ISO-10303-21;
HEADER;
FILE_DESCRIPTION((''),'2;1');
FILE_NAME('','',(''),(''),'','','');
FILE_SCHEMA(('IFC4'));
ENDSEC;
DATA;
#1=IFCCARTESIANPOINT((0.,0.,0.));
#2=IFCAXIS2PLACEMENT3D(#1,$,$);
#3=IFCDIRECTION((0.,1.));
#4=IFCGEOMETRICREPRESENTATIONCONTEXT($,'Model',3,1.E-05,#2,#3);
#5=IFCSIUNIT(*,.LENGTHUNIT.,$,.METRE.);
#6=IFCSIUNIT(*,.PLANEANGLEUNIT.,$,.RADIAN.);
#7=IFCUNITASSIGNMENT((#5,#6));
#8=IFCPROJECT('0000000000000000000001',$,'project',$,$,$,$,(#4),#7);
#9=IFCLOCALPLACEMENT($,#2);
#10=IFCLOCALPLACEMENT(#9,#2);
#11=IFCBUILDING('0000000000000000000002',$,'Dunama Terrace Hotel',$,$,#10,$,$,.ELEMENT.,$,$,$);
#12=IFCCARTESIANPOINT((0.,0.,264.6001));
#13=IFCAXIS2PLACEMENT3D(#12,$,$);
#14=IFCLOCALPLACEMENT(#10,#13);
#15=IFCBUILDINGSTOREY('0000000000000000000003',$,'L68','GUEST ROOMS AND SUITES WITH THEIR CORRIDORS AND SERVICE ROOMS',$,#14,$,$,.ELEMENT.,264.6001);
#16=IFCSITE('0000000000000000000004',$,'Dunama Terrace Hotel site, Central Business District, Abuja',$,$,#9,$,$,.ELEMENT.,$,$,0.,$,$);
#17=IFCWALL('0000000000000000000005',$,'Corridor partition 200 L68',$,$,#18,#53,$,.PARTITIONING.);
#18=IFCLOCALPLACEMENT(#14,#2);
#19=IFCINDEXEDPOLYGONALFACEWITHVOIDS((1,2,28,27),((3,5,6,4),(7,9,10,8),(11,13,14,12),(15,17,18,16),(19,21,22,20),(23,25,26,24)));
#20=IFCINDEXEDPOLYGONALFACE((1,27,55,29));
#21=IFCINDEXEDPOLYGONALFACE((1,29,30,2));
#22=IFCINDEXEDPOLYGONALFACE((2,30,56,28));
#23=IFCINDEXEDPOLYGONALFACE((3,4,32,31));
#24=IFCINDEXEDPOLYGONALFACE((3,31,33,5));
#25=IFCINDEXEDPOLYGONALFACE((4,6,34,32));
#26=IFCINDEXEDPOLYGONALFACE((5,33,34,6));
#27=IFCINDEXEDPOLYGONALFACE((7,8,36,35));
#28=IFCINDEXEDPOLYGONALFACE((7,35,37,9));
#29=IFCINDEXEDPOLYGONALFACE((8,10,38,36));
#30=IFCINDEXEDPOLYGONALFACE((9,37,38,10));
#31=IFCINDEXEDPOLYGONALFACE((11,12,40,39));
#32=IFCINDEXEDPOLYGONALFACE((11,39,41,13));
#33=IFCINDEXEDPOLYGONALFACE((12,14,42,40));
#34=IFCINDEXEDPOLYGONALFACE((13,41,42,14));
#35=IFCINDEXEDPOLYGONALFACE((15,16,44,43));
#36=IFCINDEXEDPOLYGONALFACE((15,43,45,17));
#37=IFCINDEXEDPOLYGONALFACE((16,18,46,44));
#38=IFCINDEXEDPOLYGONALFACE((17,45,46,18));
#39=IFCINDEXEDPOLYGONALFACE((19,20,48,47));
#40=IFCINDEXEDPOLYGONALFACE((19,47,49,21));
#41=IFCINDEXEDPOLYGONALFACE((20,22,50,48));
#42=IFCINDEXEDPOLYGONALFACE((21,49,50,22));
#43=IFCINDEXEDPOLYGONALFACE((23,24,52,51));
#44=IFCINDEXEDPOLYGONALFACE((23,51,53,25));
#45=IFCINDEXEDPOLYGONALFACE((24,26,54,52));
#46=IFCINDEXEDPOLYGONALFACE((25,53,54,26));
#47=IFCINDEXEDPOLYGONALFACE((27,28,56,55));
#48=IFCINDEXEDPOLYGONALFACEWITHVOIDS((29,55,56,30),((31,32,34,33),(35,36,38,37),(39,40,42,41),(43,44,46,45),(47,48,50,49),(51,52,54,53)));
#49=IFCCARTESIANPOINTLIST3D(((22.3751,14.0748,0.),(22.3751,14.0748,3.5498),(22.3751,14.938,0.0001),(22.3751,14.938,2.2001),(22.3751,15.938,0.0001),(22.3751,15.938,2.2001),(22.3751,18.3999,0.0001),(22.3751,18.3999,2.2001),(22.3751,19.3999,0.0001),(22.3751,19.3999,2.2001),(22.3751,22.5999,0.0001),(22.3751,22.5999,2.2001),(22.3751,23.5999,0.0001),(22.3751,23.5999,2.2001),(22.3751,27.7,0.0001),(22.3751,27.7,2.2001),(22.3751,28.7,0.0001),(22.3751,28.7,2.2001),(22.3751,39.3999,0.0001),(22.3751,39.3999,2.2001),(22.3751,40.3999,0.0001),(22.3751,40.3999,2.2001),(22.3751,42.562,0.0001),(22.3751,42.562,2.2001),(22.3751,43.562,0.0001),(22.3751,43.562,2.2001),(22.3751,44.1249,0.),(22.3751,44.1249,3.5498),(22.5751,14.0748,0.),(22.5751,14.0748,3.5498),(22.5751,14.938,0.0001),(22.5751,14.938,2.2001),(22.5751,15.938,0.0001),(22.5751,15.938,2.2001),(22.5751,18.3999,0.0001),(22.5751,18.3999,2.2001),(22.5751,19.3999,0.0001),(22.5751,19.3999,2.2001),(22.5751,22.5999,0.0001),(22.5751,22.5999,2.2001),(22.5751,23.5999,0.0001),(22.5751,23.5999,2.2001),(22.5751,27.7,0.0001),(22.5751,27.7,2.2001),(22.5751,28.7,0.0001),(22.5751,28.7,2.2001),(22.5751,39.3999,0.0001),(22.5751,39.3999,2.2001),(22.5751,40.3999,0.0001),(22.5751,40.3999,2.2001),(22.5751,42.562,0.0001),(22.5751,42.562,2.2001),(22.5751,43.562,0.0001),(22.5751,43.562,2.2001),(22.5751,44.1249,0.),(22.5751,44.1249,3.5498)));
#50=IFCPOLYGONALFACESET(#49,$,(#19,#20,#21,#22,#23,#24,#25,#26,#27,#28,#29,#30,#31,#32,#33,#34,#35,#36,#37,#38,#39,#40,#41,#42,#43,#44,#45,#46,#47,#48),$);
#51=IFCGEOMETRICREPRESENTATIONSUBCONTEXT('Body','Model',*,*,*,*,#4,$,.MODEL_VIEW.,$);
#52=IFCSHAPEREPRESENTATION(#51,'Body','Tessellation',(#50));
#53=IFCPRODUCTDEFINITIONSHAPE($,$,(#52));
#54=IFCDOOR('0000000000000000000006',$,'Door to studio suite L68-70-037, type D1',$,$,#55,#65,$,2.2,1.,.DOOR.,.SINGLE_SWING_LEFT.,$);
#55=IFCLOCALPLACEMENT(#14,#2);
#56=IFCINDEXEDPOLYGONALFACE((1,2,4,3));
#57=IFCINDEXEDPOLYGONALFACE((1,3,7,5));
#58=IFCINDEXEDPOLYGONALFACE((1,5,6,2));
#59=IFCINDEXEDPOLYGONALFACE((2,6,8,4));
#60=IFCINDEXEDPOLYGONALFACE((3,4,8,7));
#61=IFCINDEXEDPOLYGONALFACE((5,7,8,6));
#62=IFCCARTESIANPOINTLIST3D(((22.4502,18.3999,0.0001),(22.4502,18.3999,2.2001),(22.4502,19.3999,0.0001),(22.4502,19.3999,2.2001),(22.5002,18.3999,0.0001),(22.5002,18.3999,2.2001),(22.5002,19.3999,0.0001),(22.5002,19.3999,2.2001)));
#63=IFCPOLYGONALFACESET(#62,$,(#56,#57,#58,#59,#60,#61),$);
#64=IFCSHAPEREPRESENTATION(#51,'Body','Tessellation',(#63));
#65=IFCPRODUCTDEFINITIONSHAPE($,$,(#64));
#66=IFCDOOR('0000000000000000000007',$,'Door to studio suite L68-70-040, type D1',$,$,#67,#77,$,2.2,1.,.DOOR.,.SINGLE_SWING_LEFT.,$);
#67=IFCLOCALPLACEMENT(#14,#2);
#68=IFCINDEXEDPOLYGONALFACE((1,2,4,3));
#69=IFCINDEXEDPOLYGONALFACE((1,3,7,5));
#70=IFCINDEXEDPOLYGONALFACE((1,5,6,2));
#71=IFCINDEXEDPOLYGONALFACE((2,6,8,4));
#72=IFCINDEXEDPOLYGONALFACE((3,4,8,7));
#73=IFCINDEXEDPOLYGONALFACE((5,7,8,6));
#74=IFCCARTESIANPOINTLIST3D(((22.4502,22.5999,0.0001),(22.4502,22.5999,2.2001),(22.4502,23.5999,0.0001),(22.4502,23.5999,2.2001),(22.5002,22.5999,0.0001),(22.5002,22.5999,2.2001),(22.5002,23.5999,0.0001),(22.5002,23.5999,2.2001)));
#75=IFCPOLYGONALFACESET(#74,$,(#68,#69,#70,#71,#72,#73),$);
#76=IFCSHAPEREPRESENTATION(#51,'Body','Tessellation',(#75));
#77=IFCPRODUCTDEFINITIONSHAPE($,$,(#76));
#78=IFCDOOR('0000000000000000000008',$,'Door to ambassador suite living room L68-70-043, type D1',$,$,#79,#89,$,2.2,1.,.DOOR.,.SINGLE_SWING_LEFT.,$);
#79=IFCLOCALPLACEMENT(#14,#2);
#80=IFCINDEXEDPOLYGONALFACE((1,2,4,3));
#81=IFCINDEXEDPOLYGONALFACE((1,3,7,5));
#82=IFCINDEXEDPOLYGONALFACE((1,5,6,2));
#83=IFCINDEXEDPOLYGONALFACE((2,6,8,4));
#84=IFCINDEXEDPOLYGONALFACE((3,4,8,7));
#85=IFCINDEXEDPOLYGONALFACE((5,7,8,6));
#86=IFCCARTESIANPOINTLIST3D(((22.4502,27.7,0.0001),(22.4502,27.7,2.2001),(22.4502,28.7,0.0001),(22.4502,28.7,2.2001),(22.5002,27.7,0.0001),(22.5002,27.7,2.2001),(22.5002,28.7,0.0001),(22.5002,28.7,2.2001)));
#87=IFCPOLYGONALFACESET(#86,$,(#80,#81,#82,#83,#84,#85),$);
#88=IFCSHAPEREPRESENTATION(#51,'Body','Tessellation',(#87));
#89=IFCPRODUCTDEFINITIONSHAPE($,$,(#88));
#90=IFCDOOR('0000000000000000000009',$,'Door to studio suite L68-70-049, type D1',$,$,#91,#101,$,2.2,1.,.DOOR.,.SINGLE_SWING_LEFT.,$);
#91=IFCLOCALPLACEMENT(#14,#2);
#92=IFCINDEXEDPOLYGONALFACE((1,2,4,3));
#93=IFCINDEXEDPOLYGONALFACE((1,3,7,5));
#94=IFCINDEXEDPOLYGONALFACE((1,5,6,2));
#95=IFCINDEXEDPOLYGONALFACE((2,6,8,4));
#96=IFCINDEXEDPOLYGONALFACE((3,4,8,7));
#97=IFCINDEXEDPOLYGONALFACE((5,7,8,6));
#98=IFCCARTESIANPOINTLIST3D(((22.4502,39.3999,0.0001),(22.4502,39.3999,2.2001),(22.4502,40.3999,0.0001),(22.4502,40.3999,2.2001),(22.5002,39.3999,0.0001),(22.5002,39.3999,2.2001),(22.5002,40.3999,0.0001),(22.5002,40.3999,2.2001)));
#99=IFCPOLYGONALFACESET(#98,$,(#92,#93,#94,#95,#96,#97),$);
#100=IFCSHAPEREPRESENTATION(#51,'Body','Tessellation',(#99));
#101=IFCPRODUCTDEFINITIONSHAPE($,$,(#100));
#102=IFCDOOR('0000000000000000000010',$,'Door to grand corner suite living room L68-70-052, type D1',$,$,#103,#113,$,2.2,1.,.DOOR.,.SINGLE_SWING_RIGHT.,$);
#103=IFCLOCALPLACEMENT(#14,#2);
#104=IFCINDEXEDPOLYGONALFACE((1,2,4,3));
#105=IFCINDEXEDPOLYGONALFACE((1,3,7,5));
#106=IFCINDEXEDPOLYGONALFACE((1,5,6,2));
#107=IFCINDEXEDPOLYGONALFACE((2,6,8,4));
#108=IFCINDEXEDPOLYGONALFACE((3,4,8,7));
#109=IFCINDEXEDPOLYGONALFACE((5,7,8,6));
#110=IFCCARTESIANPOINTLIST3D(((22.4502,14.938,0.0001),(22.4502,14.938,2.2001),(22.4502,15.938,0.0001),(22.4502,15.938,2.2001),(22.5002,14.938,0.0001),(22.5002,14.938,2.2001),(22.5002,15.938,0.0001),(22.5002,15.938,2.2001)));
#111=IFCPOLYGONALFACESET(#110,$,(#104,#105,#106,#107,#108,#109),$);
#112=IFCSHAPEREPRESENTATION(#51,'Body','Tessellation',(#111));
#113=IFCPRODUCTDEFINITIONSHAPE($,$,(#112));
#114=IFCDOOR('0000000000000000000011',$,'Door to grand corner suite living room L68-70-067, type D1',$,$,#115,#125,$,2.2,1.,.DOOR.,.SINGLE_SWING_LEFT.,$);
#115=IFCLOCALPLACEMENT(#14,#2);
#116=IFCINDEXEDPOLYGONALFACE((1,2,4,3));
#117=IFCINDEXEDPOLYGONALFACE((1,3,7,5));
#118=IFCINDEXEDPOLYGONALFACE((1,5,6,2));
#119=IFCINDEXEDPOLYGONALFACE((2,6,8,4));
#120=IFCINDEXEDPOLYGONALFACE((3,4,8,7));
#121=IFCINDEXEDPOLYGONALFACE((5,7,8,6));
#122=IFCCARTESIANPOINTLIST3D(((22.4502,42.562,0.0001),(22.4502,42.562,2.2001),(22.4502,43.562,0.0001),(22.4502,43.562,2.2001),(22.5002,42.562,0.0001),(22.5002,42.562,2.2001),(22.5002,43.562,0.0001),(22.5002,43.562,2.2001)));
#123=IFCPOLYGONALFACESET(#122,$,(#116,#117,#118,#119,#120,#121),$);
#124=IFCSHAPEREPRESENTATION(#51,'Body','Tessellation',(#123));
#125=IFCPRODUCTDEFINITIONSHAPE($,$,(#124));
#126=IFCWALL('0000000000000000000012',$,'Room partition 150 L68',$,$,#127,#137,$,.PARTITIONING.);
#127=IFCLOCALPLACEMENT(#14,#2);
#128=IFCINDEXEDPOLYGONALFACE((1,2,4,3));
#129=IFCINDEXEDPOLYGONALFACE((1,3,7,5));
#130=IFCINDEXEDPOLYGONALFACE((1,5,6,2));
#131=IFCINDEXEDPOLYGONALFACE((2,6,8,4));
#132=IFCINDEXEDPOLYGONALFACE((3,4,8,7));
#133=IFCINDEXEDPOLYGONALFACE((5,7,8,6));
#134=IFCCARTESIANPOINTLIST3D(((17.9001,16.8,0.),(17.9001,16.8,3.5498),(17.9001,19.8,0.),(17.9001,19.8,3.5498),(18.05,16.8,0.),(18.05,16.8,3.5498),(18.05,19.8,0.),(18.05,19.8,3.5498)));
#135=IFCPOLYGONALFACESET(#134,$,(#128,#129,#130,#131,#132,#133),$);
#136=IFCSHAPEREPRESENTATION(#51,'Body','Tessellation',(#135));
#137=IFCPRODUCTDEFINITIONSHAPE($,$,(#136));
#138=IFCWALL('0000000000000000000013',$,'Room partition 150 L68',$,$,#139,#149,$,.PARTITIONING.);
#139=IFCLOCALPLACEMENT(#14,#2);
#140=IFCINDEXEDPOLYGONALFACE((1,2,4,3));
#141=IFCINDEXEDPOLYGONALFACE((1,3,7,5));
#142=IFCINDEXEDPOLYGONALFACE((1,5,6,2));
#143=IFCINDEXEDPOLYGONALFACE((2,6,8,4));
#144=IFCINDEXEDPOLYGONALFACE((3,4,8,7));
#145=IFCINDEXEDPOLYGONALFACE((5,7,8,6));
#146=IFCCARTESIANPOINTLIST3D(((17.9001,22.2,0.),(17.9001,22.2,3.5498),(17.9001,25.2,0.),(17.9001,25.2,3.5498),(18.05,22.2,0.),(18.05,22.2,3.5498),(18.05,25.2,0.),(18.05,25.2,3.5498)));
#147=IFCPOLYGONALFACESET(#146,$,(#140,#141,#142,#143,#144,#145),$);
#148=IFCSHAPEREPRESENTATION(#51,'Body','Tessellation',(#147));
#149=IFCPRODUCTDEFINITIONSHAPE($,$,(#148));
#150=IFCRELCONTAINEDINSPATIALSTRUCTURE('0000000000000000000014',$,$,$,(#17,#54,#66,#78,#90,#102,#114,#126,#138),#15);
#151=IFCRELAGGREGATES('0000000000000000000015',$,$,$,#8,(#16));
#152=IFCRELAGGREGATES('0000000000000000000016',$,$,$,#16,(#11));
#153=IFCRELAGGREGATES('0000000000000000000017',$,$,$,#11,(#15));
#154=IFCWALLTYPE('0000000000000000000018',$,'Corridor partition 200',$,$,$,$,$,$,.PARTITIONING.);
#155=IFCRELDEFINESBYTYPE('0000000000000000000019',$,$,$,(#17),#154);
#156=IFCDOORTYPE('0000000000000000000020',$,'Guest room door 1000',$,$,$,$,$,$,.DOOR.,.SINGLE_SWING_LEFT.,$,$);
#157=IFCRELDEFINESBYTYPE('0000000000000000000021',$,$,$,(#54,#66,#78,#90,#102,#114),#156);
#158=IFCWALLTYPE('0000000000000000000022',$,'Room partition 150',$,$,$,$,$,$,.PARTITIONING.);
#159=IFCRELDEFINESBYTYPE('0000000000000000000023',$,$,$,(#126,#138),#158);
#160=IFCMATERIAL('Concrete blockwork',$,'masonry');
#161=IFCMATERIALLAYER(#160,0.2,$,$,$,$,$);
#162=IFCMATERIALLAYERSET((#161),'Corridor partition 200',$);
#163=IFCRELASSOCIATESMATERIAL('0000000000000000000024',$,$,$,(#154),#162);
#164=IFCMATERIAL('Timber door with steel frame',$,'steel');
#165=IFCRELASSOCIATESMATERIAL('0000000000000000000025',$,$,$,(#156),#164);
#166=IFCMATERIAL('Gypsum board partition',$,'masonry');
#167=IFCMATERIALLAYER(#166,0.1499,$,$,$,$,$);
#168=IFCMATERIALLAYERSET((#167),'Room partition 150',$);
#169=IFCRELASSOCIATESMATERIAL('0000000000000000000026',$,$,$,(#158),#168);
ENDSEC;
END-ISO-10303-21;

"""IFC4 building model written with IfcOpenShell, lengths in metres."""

from ifc_helpers import new_model, si_unit, direction, frame, frame_2d, origin, place, context, subcontext, project, spatial, rectangle, extrude, material, layer, layer_set, type_object, element, fill, save


model = new_model("IFC4")

# Units and contexts
model_context = context("Model", 3, precision=1e-05, world=origin(), true_north=direction((0.0, 1.0)))
body_context = subcontext(model_context, "Body", "Model", "MODEL_VIEW")
ifc_project = project(units=[si_unit("LENGTHUNIT", "METRE"), si_unit("PLANEANGLEUNIT", "RADIAN")], contexts=[model_context])

# Site, building, storey
site_placement = place(None, origin())
site = spatial("IfcSite", under=ifc_project, at=site_placement, Name="Dunama Terrace Hotel site, Central Business District, Abuja", CompositionType="ELEMENT", RefElevation=0.0)
building_placement = place(site_placement, origin())
building = spatial("IfcBuilding", under=site, at=building_placement, Name="Dunama Terrace Hotel", CompositionType="ELEMENT")
storey_placement = place(building_placement, frame((0.0, 0.0, 264.6001)))
storey = spatial("IfcBuildingStorey", under=building, at=storey_placement, Name="L68", Description="GUEST ROOMS AND SUITES WITH THEIR CORRIDORS AND SERVICE ROOMS", CompositionType="ELEMENT", Elevation=264.6001)

# Wall, openings, doors
ifc_material_1 = material(Name="Concrete blockwork", Category="masonry")
ifc_layer_1 = layer(ifc_material_1, 0.2)
ifc_layer_set_1 = layer_set([ifc_layer_1], Name="Corridor partition 200")
wall_type_1 = type_object("IfcWallType", Name="Corridor partition 200", PredefinedType="PARTITIONING", material=ifc_layer_set_1)
wall_1_placement = place(storey_placement, frame((22.4751, 14.075, 0.0), z_axis=(0.0, 0.0, 1.0), x_axis=(0.0, 1.0, 0.0)))
wall_1 = element("IfcWall", 1, at=wall_1_placement, inside=storey, type_object=wall_type_1, Name="Corridor partition 200 L68", PredefinedType="PARTITIONING", context=body_context, shape_type="SweptSolid", body=[
    extrude(rectangle(XDim=30.05, YDim=0.2, at=frame_2d((15.0249, 0.0))), origin(), (0.0, 0.0, 1.0), 3.5498),
])
opening_1_placement = place(wall_1_placement, frame((4.325, 0.0, 0.0)))
opening_1 = element("IfcOpeningElement", 2, at=opening_1_placement, cuts=wall_1, PredefinedType="OPENING", context=body_context, shape_type="SweptSolid", body=[
    extrude(rectangle(XDim=1.0, YDim=2.2, at=frame_2d((0.5, 1.1001))), frame((0.0, 0.1099, 0.0), z_axis=(0.0, -1.0, 0.0), x_axis=(1.0, 0.0, 0.0)), (0.0, 0.0, 1.0), 0.22),
])
opening_2_placement = place(wall_1_placement, frame((8.5249, 0.0, 0.0)))
opening_2 = element("IfcOpeningElement", 3, at=opening_2_placement, cuts=wall_1, PredefinedType="OPENING", context=body_context, shape_type="SweptSolid", body=[
    extrude(rectangle(XDim=1.0, YDim=2.2, at=frame_2d((0.5, 1.1001))), frame((0.0, 0.1099, 0.0), z_axis=(0.0, -1.0, 0.0), x_axis=(1.0, 0.0, 0.0)), (0.0, 0.0, 1.0), 0.22),
])
opening_3_placement = place(wall_1_placement, frame((13.625, 0.0, 0.0)))
opening_3 = element("IfcOpeningElement", 4, at=opening_3_placement, cuts=wall_1, PredefinedType="OPENING", context=body_context, shape_type="SweptSolid", body=[
    extrude(rectangle(XDim=1.0, YDim=2.2, at=frame_2d((0.5, 1.1001))), frame((0.0, 0.1099, 0.0), z_axis=(0.0, -1.0, 0.0), x_axis=(1.0, 0.0, 0.0)), (0.0, 0.0, 1.0), 0.22),
])
opening_4_placement = place(wall_1_placement, frame((25.325, 0.0, 0.0)))
opening_4 = element("IfcOpeningElement", 5, at=opening_4_placement, cuts=wall_1, PredefinedType="OPENING", context=body_context, shape_type="SweptSolid", body=[
    extrude(rectangle(XDim=1.0, YDim=2.2, at=frame_2d((0.5, 1.1001))), frame((0.0, 0.1099, 0.0), z_axis=(0.0, -1.0, 0.0), x_axis=(1.0, 0.0, 0.0)), (0.0, 0.0, 1.0), 0.22),
])
opening_5_placement = place(wall_1_placement, frame((0.863, 0.0, 0.0)))
opening_5 = element("IfcOpeningElement", 6, at=opening_5_placement, cuts=wall_1, PredefinedType="OPENING", context=body_context, shape_type="SweptSolid", body=[
    extrude(rectangle(XDim=1.0, YDim=2.2, at=frame_2d((0.5, 1.1001))), frame((0.0, 0.1099, 0.0), z_axis=(0.0, -1.0, 0.0), x_axis=(1.0, 0.0, 0.0)), (0.0, 0.0, 1.0), 0.22),
])
opening_6_placement = place(wall_1_placement, frame((28.4871, 0.0, 0.0)))
opening_6 = element("IfcOpeningElement", 7, at=opening_6_placement, cuts=wall_1, PredefinedType="OPENING", context=body_context, shape_type="SweptSolid", body=[
    extrude(rectangle(XDim=1.0, YDim=2.2, at=frame_2d((0.5, 1.1001))), frame((0.0, 0.1099, 0.0), z_axis=(0.0, -1.0, 0.0), x_axis=(1.0, 0.0, 0.0)), (0.0, 0.0, 1.0), 0.22),
])
ifc_material_2 = material(Name="Timber door with steel frame", Category="steel")
door_type_1 = type_object("IfcDoorType", Name="Guest room door 1000", OperationType="SINGLE_SWING_LEFT", PredefinedType="DOOR", material=ifc_material_2)
door_1_placement = place(opening_1_placement, origin())
door_1 = element("IfcDoor", 8, at=door_1_placement, inside=storey, type_object=door_type_1, Name="Door to studio suite L68-70-037, type D1", OperationType="SINGLE_SWING_LEFT", OverallHeight=2.2, OverallWidth=1.0, PredefinedType="DOOR", context=body_context, shape_type="SweptSolid", body=[
    extrude(rectangle(XDim=1.0, YDim=2.2, at=frame_2d((0.5, 1.1001))), frame((0.0, 0.0249, 0.0), z_axis=(0.0, -1.0, 0.0), x_axis=(1.0, 0.0, 0.0)), (0.0, 0.0, 1.0), 0.05),
])
fill(opening_1, door_1)
door_2_placement = place(opening_2_placement, origin())
door_2 = element("IfcDoor", 9, at=door_2_placement, inside=storey, type_object=door_type_1, Name="Door to studio suite L68-70-040, type D1", OperationType="SINGLE_SWING_LEFT", OverallHeight=2.2, OverallWidth=1.0, PredefinedType="DOOR", context=body_context, shape_type="SweptSolid", body=[
    extrude(rectangle(XDim=1.0, YDim=2.2, at=frame_2d((0.5, 1.1001))), frame((0.0, 0.0249, 0.0), z_axis=(0.0, -1.0, 0.0), x_axis=(1.0, 0.0, 0.0)), (0.0, 0.0, 1.0), 0.05),
])
fill(opening_2, door_2)
door_3_placement = place(opening_3_placement, origin())
door_3 = element("IfcDoor", 10, at=door_3_placement, inside=storey, type_object=door_type_1, Name="Door to ambassador suite living room L68-70-043, type D1", OperationType="SINGLE_SWING_LEFT", OverallHeight=2.2, OverallWidth=1.0, PredefinedType="DOOR", context=body_context, shape_type="SweptSolid", body=[
    extrude(rectangle(XDim=1.0, YDim=2.2, at=frame_2d((0.5, 1.1001))), frame((0.0, 0.0249, 0.0), z_axis=(0.0, -1.0, 0.0), x_axis=(1.0, 0.0, 0.0)), (0.0, 0.0, 1.0), 0.05),
])
fill(opening_3, door_3)
door_4_placement = place(opening_4_placement, origin())
door_4 = element("IfcDoor", 11, at=door_4_placement, inside=storey, type_object=door_type_1, Name="Door to studio suite L68-70-049, type D1", OperationType="SINGLE_SWING_LEFT", OverallHeight=2.2, OverallWidth=1.0, PredefinedType="DOOR", context=body_context, shape_type="SweptSolid", body=[
    extrude(rectangle(XDim=1.0, YDim=2.2, at=frame_2d((0.5, 1.1001))), frame((0.0, 0.0249, 0.0), z_axis=(0.0, -1.0, 0.0), x_axis=(1.0, 0.0, 0.0)), (0.0, 0.0, 1.0), 0.05),
])
fill(opening_4, door_4)
door_5_placement = place(opening_5_placement, origin())
door_5 = element("IfcDoor", 12, at=door_5_placement, inside=storey, type_object=door_type_1, Name="Door to grand corner suite living room L68-70-052, type D1", OperationType="SINGLE_SWING_RIGHT", OverallHeight=2.2, OverallWidth=1.0, PredefinedType="DOOR", context=body_context, shape_type="SweptSolid", body=[
    extrude(rectangle(XDim=1.0, YDim=2.2, at=frame_2d((0.5, 1.1001))), frame((0.0, 0.0249, 0.0), z_axis=(0.0, -1.0, 0.0), x_axis=(1.0, 0.0, 0.0)), (0.0, 0.0, 1.0), 0.05),
])
fill(opening_5, door_5)
door_6_placement = place(opening_6_placement, origin())
door_6 = element("IfcDoor", 13, at=door_6_placement, inside=storey, type_object=door_type_1, Name="Door to grand corner suite living room L68-70-067, type D1", OperationType="SINGLE_SWING_LEFT", OverallHeight=2.2, OverallWidth=1.0, PredefinedType="DOOR", context=body_context, shape_type="SweptSolid", body=[
    extrude(rectangle(XDim=1.0, YDim=2.2, at=frame_2d((0.5, 1.1001))), frame((0.0, 0.0249, 0.0), z_axis=(0.0, -1.0, 0.0), x_axis=(1.0, 0.0, 0.0)), (0.0, 0.0, 1.0), 0.05),
])
fill(opening_6, door_6)

# Walls
ifc_material_3 = material(Name="Gypsum board partition", Category="masonry")
ifc_layer_2 = layer(ifc_material_3, 0.1499)
ifc_layer_set_2 = layer_set([ifc_layer_2], Name="Room partition 150")
wall_type_2 = type_object("IfcWallType", Name="Room partition 150", PredefinedType="PARTITIONING", material=ifc_layer_set_2)
for number, where, z_axis, x_axis, name in (
    (14, (17.9751, 16.8, 0.0), (0.0, 0.0, 1.0), (0.0, 1.0, 0.0), "Room partition 150 L68"),
    (15, (17.9751, 22.2, 0.0), (0.0, 0.0, 1.0), (0.0, 1.0, 0.0), "Room partition 150 L68"),
):
    element("IfcWall", number, at=place(storey_placement, frame(where, z_axis=z_axis, x_axis=x_axis)), inside=storey, type_object=wall_type_2, Name=name, PredefinedType="PARTITIONING", context=body_context, shape_type="SweptSolid", body=[
        extrude(rectangle(XDim=3.0, YDim=0.1499, at=frame_2d((1.5, 0.0))), origin(), (0.0, 0.0, 1.0), 3.5498),
    ])

save(model, "model.ifc")
